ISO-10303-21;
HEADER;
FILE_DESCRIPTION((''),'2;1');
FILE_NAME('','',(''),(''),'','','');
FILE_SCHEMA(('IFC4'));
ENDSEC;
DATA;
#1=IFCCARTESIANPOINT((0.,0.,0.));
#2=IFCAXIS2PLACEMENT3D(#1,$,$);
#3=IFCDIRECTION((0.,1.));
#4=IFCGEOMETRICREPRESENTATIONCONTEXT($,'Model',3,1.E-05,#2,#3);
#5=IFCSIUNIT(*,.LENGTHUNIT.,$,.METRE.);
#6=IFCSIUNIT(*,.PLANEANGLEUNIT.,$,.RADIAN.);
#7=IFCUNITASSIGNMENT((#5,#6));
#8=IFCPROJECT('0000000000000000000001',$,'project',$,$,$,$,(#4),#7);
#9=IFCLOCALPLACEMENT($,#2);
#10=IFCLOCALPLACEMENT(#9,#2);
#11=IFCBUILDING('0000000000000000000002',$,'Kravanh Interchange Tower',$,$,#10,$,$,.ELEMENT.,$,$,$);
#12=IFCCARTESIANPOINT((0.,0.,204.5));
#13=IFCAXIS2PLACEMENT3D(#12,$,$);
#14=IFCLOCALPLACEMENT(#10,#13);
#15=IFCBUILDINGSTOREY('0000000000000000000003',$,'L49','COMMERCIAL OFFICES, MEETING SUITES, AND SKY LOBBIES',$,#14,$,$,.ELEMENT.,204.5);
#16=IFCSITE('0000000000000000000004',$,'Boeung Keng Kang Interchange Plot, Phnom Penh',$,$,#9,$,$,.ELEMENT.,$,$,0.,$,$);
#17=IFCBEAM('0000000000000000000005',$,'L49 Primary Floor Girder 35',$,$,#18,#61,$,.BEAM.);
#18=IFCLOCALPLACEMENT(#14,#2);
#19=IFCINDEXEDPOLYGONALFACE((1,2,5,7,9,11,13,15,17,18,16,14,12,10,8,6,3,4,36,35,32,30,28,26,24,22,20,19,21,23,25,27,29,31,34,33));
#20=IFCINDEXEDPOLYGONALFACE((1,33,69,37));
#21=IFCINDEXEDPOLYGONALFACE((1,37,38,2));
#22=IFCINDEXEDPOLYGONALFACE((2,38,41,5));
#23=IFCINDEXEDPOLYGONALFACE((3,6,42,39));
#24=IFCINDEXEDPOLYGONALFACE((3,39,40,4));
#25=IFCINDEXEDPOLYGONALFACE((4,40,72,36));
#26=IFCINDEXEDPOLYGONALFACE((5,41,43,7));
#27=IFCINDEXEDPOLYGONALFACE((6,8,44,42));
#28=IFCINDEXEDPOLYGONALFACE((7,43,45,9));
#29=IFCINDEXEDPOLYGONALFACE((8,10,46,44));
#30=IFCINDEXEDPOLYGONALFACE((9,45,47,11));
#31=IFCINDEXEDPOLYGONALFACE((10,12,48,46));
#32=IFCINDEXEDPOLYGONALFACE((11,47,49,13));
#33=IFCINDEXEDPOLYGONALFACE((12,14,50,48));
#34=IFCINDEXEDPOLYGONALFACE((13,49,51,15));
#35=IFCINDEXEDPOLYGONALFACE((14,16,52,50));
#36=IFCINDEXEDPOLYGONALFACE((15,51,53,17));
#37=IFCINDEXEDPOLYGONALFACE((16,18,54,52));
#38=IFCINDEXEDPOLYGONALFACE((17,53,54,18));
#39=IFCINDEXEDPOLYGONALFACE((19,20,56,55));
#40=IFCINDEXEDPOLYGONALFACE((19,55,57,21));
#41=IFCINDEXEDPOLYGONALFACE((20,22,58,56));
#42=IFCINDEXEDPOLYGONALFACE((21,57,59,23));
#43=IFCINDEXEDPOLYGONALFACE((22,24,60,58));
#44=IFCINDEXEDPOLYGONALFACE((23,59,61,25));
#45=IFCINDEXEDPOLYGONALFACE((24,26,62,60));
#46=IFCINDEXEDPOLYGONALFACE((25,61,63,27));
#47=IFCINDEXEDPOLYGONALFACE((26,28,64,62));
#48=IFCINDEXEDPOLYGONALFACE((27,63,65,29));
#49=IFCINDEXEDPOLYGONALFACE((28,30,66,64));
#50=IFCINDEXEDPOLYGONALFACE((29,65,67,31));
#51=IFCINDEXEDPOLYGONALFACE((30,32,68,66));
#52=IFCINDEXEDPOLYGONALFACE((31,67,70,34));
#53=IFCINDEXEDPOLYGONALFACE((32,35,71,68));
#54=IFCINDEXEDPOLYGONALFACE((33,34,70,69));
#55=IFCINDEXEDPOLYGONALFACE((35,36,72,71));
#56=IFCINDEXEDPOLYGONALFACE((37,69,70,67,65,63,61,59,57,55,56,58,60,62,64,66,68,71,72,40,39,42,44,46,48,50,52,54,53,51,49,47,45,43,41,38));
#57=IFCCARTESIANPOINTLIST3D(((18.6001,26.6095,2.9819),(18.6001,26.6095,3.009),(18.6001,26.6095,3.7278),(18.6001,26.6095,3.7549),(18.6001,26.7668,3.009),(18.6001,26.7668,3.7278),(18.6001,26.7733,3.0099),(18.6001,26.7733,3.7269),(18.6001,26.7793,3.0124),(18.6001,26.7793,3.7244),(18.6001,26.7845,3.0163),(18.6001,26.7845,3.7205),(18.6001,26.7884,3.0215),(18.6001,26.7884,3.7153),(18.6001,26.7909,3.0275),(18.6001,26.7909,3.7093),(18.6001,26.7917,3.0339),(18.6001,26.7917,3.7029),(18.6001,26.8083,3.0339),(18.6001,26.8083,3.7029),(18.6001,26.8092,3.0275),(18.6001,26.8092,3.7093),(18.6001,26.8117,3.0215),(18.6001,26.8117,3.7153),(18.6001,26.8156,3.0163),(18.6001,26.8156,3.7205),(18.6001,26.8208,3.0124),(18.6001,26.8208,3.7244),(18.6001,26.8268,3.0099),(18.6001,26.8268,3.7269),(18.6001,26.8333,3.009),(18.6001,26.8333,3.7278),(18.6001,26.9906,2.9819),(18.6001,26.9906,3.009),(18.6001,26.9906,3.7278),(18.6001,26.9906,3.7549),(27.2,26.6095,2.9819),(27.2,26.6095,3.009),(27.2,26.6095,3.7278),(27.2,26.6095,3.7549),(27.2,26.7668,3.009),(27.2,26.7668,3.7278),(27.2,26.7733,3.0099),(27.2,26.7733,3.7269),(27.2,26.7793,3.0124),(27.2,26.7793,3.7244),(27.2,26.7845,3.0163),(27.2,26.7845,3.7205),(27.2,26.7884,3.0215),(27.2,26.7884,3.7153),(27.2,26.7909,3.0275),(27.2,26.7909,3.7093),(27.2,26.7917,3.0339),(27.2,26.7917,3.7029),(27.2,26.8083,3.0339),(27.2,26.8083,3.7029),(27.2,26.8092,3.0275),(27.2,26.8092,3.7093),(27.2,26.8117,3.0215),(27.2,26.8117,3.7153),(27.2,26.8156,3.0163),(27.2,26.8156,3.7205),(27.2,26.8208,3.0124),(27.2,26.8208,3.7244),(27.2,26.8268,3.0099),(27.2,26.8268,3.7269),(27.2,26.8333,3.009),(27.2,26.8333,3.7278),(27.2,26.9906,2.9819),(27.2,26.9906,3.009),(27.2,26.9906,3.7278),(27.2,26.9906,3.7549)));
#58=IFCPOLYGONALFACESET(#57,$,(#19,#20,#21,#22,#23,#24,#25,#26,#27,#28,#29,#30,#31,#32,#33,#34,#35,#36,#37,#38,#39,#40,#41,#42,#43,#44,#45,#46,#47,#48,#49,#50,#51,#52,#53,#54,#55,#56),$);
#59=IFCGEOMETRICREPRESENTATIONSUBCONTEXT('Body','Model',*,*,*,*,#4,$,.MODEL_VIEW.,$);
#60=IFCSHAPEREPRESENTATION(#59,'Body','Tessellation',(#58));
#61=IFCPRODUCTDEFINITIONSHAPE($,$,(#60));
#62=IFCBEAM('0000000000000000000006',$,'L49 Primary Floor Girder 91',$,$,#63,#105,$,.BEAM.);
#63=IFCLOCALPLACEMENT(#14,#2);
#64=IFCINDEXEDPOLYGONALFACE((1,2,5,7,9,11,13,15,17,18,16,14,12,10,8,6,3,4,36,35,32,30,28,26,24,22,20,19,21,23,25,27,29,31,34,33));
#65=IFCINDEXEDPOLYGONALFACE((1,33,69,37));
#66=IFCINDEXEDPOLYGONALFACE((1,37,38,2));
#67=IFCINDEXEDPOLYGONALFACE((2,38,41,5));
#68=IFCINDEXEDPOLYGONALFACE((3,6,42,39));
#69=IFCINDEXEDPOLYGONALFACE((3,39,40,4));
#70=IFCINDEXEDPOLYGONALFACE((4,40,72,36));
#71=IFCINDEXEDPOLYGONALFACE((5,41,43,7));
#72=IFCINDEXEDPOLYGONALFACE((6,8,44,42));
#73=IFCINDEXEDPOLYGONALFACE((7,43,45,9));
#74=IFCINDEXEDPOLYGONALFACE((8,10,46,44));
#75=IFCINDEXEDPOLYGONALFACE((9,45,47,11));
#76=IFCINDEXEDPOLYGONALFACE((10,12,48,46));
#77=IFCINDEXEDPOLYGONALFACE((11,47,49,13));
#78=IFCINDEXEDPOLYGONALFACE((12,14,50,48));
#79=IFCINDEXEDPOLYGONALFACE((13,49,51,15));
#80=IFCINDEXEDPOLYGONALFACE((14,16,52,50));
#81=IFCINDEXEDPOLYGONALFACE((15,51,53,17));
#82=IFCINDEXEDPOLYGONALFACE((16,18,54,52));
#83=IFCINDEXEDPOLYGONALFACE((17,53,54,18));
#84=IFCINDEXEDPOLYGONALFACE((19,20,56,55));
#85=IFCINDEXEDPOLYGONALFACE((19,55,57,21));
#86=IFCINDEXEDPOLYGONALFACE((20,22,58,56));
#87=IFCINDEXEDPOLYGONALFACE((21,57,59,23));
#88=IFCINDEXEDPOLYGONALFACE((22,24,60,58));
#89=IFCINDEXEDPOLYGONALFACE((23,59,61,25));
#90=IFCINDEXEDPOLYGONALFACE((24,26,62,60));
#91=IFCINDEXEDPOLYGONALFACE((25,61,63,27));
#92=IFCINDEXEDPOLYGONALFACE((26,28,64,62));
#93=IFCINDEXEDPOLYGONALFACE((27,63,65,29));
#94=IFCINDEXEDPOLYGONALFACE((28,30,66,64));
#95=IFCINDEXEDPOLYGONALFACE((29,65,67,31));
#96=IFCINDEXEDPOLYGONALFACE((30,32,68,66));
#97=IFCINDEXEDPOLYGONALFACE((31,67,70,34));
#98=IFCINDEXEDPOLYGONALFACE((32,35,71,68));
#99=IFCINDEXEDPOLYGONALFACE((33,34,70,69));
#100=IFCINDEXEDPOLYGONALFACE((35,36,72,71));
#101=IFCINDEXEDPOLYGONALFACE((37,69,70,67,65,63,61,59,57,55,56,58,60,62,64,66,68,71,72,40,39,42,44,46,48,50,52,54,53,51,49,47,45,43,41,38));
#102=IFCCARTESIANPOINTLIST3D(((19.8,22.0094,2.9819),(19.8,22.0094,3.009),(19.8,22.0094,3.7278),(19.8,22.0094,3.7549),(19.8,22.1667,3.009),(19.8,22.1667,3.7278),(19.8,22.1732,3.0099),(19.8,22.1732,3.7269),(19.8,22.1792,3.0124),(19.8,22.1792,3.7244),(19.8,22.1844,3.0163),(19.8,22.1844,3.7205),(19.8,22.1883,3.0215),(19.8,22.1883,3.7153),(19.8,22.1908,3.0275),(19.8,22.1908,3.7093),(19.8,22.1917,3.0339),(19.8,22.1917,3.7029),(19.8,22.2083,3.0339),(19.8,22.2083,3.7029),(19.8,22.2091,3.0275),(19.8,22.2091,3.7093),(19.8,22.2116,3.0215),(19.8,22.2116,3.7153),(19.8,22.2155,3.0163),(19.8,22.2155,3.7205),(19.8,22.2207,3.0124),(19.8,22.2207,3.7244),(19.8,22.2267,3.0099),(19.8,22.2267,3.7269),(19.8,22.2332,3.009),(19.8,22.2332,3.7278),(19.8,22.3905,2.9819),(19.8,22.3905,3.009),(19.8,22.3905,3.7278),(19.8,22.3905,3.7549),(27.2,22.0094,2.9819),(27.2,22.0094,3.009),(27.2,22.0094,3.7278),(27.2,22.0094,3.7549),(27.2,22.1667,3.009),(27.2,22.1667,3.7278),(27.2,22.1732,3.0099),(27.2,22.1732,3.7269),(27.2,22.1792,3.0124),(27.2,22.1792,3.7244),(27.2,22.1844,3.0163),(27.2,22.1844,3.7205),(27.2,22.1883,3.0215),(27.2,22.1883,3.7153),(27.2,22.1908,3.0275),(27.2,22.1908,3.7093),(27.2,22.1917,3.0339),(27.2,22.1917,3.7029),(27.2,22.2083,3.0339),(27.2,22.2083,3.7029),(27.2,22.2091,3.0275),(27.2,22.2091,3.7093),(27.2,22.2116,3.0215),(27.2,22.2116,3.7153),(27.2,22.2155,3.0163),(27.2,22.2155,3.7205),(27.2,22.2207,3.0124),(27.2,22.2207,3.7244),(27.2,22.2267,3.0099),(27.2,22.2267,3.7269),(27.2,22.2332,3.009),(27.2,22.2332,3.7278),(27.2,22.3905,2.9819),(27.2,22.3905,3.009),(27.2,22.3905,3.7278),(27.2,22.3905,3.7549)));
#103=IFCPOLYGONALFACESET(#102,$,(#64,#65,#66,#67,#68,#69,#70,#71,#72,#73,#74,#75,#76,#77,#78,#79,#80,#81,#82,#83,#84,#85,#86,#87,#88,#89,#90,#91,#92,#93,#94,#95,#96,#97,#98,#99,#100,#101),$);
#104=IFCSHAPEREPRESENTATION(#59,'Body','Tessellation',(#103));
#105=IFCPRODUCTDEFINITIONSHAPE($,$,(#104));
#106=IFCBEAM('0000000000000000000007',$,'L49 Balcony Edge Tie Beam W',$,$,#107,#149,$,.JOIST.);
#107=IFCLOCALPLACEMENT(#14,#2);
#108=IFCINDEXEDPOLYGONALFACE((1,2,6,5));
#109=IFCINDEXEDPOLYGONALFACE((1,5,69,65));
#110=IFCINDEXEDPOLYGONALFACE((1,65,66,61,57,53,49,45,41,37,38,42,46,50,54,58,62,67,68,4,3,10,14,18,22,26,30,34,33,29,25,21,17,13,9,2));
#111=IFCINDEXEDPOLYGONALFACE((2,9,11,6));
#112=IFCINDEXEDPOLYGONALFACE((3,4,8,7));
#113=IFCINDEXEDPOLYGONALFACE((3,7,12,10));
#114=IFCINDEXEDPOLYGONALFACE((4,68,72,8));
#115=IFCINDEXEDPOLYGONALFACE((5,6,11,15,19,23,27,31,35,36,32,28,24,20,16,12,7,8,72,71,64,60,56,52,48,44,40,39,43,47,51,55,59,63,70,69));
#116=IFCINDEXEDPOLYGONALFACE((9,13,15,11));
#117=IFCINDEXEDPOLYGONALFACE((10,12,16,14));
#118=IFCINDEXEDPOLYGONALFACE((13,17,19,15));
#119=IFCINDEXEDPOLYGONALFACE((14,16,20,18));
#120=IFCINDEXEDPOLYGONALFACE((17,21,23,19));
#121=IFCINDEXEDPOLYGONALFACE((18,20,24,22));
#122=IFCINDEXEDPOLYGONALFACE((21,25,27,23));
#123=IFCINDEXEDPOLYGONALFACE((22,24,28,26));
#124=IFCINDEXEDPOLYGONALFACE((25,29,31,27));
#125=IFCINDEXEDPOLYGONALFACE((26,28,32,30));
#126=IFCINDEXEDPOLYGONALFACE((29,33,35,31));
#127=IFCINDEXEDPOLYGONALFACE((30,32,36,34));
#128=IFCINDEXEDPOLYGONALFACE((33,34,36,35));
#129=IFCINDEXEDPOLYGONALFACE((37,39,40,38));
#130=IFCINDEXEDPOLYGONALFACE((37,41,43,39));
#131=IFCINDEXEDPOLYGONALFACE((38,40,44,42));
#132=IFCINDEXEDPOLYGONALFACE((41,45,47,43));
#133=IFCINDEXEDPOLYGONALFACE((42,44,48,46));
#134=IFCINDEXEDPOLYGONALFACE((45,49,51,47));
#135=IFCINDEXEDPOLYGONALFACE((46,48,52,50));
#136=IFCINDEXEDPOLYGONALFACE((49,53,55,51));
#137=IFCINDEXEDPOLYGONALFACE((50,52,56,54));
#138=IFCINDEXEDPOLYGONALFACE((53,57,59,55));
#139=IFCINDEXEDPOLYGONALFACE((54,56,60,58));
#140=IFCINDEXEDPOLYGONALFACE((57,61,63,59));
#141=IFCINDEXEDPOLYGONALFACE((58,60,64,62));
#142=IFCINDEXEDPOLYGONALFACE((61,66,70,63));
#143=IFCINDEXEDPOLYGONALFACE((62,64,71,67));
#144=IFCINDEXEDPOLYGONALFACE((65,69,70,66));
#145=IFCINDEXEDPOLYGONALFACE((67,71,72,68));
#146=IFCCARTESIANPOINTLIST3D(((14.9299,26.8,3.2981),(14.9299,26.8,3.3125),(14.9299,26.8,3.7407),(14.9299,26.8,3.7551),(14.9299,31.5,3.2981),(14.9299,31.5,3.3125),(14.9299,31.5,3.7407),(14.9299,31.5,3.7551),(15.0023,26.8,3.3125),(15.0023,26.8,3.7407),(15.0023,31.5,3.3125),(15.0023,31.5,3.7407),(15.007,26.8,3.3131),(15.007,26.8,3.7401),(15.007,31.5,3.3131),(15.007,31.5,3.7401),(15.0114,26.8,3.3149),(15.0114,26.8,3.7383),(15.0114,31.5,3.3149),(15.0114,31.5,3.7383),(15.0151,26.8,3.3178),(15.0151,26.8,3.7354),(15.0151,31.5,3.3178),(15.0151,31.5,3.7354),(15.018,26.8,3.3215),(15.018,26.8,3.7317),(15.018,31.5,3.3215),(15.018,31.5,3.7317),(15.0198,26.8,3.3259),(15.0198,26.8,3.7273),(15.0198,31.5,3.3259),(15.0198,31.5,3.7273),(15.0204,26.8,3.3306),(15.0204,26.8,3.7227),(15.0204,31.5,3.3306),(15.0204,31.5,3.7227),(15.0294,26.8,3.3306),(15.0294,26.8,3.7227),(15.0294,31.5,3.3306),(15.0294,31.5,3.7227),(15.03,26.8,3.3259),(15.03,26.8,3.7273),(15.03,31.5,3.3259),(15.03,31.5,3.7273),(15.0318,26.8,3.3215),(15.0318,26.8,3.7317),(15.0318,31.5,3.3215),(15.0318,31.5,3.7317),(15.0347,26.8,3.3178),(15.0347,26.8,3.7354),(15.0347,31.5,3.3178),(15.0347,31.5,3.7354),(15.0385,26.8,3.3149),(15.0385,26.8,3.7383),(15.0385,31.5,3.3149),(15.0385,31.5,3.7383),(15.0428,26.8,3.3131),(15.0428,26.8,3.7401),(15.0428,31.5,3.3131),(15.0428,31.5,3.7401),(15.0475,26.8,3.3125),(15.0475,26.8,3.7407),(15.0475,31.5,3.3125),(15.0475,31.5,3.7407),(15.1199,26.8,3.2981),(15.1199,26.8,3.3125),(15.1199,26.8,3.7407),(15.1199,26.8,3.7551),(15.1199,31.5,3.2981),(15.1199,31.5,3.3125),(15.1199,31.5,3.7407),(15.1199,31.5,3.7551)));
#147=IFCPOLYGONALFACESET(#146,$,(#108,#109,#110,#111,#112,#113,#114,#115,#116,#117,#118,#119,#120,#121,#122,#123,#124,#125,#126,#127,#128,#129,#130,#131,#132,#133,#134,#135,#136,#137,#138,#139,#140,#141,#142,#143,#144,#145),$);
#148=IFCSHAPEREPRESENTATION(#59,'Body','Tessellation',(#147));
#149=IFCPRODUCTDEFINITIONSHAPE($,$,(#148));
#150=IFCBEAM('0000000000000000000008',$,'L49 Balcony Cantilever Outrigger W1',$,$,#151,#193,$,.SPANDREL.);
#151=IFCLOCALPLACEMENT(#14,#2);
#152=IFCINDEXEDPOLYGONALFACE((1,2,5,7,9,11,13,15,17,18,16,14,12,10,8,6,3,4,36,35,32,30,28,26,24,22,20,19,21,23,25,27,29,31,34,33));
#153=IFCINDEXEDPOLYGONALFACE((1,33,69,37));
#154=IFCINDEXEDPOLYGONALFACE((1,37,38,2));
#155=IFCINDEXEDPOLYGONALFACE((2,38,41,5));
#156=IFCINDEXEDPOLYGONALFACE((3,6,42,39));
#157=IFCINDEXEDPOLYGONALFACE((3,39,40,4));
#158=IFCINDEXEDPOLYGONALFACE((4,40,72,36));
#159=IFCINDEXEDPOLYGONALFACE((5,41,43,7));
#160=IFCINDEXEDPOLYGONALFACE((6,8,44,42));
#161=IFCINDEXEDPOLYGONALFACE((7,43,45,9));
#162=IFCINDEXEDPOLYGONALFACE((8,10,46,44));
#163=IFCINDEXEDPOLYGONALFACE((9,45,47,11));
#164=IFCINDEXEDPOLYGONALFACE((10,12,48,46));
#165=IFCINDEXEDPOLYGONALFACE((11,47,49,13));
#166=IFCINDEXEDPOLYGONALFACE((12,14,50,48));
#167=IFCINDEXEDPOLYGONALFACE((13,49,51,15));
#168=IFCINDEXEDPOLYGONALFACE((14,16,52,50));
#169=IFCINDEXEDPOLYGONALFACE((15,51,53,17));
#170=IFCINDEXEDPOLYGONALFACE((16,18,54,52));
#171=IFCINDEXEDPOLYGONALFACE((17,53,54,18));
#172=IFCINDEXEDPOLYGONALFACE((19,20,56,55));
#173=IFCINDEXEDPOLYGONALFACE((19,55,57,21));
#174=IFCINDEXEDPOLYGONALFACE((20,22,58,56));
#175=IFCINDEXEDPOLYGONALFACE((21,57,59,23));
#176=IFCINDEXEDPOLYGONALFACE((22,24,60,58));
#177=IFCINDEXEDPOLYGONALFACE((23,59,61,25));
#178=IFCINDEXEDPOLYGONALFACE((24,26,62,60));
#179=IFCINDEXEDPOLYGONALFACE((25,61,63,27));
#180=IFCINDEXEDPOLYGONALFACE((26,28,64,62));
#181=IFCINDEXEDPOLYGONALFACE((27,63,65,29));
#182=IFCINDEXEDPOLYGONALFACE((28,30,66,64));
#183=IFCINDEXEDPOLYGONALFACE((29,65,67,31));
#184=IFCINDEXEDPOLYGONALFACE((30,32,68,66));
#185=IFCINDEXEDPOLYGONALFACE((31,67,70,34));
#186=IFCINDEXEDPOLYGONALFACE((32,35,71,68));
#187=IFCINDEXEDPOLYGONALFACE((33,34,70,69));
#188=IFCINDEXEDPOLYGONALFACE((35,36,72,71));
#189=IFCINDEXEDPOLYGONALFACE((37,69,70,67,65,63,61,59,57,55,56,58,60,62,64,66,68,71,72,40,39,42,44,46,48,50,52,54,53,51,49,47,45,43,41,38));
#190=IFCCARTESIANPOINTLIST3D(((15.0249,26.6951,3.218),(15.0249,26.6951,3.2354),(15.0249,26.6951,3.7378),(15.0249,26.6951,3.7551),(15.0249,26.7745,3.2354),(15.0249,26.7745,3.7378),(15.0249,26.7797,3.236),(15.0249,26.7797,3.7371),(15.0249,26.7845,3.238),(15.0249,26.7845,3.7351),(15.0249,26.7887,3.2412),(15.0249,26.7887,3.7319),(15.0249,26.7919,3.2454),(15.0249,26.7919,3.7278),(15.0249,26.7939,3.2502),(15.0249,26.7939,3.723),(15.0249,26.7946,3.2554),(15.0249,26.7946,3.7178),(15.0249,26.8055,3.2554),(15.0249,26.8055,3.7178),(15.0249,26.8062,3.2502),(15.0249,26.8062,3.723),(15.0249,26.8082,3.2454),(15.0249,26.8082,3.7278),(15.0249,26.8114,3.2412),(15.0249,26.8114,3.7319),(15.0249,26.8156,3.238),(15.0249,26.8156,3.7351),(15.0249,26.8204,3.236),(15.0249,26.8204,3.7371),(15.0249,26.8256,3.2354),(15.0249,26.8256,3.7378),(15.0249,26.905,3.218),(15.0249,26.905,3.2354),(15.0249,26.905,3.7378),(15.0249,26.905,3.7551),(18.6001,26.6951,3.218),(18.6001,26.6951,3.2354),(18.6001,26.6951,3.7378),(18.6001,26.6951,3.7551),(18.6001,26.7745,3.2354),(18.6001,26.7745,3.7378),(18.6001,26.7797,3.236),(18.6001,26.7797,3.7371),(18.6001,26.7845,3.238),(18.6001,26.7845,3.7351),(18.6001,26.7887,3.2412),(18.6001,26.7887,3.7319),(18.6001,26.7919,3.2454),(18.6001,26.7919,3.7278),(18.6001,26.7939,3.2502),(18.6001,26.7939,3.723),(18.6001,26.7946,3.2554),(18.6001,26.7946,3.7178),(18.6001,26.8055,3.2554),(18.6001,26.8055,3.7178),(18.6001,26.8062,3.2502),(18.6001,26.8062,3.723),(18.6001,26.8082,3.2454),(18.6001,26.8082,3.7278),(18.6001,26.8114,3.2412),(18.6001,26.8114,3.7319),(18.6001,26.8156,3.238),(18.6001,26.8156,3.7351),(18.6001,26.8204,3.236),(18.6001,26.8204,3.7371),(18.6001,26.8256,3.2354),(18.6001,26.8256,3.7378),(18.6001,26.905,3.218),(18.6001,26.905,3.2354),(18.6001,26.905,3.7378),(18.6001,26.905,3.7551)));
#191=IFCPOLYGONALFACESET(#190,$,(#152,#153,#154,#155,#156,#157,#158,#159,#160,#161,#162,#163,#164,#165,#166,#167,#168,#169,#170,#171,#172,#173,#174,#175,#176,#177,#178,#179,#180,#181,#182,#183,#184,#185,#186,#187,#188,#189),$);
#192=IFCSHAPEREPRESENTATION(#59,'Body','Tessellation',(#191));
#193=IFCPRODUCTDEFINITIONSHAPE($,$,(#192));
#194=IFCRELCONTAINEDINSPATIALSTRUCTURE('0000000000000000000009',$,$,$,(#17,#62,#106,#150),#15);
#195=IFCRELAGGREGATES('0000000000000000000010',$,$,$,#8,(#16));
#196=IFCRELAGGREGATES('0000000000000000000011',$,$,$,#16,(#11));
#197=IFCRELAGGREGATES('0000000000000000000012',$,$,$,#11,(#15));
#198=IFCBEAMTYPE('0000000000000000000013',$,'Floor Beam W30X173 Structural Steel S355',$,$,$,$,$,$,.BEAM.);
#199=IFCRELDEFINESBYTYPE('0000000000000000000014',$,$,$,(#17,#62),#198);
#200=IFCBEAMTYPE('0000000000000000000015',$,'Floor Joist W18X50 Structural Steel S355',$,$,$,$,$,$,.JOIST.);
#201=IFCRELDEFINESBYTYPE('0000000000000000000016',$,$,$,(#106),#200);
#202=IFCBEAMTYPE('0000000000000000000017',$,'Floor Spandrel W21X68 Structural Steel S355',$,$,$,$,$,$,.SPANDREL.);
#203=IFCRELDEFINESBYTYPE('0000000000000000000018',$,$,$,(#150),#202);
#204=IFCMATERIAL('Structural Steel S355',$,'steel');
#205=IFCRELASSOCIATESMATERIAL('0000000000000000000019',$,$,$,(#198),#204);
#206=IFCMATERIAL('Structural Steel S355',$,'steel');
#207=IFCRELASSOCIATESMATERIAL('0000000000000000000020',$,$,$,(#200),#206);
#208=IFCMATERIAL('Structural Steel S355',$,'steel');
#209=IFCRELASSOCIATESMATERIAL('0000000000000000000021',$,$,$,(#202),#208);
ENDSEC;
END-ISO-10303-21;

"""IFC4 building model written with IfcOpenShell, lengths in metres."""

from ifc_helpers import new_model, si_unit, direction, frame, origin, origin_2d, place, context, subcontext, project, spatial, i_section, extrude, material, material_profile, profile_set, type_object, element, save


model = new_model("IFC4")

# Units and contexts
model_context = context("Model", 3, precision=1e-05, world=origin(), true_north=direction((0.0, 1.0)))
body_context = subcontext(model_context, "Body", "Model", "MODEL_VIEW")
ifc_project = project(units=[si_unit("LENGTHUNIT", "METRE"), si_unit("PLANEANGLEUNIT", "RADIAN")], contexts=[model_context])

# Site, building, storey
site_placement = place(None, origin())
site = spatial("IfcSite", under=ifc_project, at=site_placement, Name="Boeung Keng Kang Interchange Plot, Phnom Penh", CompositionType="ELEMENT", RefElevation=0.0)
building_placement = place(site_placement, origin())
building = spatial("IfcBuilding", under=site, at=building_placement, Name="Kravanh Interchange Tower", CompositionType="ELEMENT")
storey_placement = place(building_placement, frame((0.0, 0.0, 204.5)))
storey = spatial("IfcBuildingStorey", under=building, at=storey_placement, Name="L49", Description="COMMERCIAL OFFICES, MEETING SUITES, AND SKY LOBBIES", CompositionType="ELEMENT", Elevation=204.5)

# Beams
ifc_material_1 = material(Name="Structural Steel S355", Category="steel")
ifc_material_profile_1 = material_profile(ifc_material_1, i_section(OverallWidth=0.3811, OverallDepth=0.7729, WebThickness=0.0166, FlangeThickness=0.0271, FilletRadius=0.0249, at=origin_2d()), Name="W30X173")
ifc_profile_set_1 = profile_set([ifc_material_profile_1], Name="Structural Steel S355")
beam_type_1 = type_object("IfcBeamType", Name="Floor Beam W30X173 Structural Steel S355", PredefinedType="BEAM", material=ifc_profile_set_1)
beam_1_placement = place(storey_placement, frame((18.6001, 26.8, 3.3684), z_axis=(1.0, 0.0, 0.0), x_axis=(0.0, 1.0, 0.0)))
element("IfcBeam", 1, at=beam_1_placement, inside=storey, type_object=beam_type_1, Name="L49 Primary Floor Girder 35", PredefinedType="BEAM", context=body_context, shape_type="SweptSolid", body=[
    extrude(i_section(OverallWidth=0.3811, OverallDepth=0.7729, WebThickness=0.0166, FlangeThickness=0.0271, FilletRadius=0.0249, at=origin_2d()), origin(), (0.0, 0.0, 1.0), 8.5999),
])
beam_2_placement = place(storey_placement, frame((19.8, 22.2, 3.3684), z_axis=(1.0, 0.0, 0.0), x_axis=(0.0, 1.0, 0.0)))
element("IfcBeam", 2, at=beam_2_placement, inside=storey, type_object=beam_type_1, Name="L49 Primary Floor Girder 91", PredefinedType="BEAM", context=body_context, shape_type="SweptSolid", body=[
    extrude(i_section(OverallWidth=0.3811, OverallDepth=0.7729, WebThickness=0.0166, FlangeThickness=0.0271, FilletRadius=0.0249, at=origin_2d()), origin(), (0.0, 0.0, 1.0), 7.3999),
])
ifc_material_2 = material(Name="Structural Steel S355", Category="steel")
ifc_material_profile_2 = material_profile(ifc_material_2, i_section(OverallWidth=0.1899, OverallDepth=0.457, WebThickness=0.009, FlangeThickness=0.0144, FilletRadius=0.0181, at=origin_2d()), Name="W18X50")
ifc_profile_set_2 = profile_set([ifc_material_profile_2], Name="Structural Steel S355")
beam_type_2 = type_object("IfcBeamType", Name="Floor Joist W18X50 Structural Steel S355", PredefinedType="JOIST", material=ifc_profile_set_2)
beam_3_placement = place(storey_placement, frame((15.0249, 26.8, 3.5266), z_axis=(0.0, 1.0, 0.0), x_axis=(-1.0, 0.0, 0.0)))
element("IfcBeam", 3, at=beam_3_placement, inside=storey, type_object=beam_type_2, Name="L49 Balcony Edge Tie Beam W", PredefinedType="JOIST", context=body_context, shape_type="SweptSolid", body=[
    extrude(i_section(OverallWidth=0.1899, OverallDepth=0.457, WebThickness=0.009, FlangeThickness=0.0144, FilletRadius=0.0181, at=origin_2d()), origin(), (0.0, 0.0, 1.0), 4.7),
])
ifc_material_3 = material(Name="Structural Steel S355", Category="steel")
ifc_material_profile_3 = material_profile(ifc_material_3, i_section(OverallWidth=0.21, OverallDepth=0.5371, WebThickness=0.011, FlangeThickness=0.0173, FilletRadius=0.02, at=origin_2d()), Name="W21X68")
ifc_profile_set_3 = profile_set([ifc_material_profile_3], Name="Structural Steel S355")
beam_type_3 = type_object("IfcBeamType", Name="Floor Spandrel W21X68 Structural Steel S355", PredefinedType="SPANDREL", material=ifc_profile_set_3)
beam_4_placement = place(storey_placement, frame((18.6001, 26.8, 3.4866), z_axis=(-1.0, 0.0, 0.0), x_axis=(0.0, -1.0, 0.0)))
element("IfcBeam", 4, at=beam_4_placement, inside=storey, type_object=beam_type_3, Name="L49 Balcony Cantilever Outrigger W1", PredefinedType="SPANDREL", context=body_context, shape_type="SweptSolid", body=[
    extrude(i_section(OverallWidth=0.21, OverallDepth=0.5371, WebThickness=0.011, FlangeThickness=0.0173, FilletRadius=0.02, at=origin_2d()), origin(), (0.0, 0.0, 1.0), 3.5752),
])

save(model, "model.ifc")
